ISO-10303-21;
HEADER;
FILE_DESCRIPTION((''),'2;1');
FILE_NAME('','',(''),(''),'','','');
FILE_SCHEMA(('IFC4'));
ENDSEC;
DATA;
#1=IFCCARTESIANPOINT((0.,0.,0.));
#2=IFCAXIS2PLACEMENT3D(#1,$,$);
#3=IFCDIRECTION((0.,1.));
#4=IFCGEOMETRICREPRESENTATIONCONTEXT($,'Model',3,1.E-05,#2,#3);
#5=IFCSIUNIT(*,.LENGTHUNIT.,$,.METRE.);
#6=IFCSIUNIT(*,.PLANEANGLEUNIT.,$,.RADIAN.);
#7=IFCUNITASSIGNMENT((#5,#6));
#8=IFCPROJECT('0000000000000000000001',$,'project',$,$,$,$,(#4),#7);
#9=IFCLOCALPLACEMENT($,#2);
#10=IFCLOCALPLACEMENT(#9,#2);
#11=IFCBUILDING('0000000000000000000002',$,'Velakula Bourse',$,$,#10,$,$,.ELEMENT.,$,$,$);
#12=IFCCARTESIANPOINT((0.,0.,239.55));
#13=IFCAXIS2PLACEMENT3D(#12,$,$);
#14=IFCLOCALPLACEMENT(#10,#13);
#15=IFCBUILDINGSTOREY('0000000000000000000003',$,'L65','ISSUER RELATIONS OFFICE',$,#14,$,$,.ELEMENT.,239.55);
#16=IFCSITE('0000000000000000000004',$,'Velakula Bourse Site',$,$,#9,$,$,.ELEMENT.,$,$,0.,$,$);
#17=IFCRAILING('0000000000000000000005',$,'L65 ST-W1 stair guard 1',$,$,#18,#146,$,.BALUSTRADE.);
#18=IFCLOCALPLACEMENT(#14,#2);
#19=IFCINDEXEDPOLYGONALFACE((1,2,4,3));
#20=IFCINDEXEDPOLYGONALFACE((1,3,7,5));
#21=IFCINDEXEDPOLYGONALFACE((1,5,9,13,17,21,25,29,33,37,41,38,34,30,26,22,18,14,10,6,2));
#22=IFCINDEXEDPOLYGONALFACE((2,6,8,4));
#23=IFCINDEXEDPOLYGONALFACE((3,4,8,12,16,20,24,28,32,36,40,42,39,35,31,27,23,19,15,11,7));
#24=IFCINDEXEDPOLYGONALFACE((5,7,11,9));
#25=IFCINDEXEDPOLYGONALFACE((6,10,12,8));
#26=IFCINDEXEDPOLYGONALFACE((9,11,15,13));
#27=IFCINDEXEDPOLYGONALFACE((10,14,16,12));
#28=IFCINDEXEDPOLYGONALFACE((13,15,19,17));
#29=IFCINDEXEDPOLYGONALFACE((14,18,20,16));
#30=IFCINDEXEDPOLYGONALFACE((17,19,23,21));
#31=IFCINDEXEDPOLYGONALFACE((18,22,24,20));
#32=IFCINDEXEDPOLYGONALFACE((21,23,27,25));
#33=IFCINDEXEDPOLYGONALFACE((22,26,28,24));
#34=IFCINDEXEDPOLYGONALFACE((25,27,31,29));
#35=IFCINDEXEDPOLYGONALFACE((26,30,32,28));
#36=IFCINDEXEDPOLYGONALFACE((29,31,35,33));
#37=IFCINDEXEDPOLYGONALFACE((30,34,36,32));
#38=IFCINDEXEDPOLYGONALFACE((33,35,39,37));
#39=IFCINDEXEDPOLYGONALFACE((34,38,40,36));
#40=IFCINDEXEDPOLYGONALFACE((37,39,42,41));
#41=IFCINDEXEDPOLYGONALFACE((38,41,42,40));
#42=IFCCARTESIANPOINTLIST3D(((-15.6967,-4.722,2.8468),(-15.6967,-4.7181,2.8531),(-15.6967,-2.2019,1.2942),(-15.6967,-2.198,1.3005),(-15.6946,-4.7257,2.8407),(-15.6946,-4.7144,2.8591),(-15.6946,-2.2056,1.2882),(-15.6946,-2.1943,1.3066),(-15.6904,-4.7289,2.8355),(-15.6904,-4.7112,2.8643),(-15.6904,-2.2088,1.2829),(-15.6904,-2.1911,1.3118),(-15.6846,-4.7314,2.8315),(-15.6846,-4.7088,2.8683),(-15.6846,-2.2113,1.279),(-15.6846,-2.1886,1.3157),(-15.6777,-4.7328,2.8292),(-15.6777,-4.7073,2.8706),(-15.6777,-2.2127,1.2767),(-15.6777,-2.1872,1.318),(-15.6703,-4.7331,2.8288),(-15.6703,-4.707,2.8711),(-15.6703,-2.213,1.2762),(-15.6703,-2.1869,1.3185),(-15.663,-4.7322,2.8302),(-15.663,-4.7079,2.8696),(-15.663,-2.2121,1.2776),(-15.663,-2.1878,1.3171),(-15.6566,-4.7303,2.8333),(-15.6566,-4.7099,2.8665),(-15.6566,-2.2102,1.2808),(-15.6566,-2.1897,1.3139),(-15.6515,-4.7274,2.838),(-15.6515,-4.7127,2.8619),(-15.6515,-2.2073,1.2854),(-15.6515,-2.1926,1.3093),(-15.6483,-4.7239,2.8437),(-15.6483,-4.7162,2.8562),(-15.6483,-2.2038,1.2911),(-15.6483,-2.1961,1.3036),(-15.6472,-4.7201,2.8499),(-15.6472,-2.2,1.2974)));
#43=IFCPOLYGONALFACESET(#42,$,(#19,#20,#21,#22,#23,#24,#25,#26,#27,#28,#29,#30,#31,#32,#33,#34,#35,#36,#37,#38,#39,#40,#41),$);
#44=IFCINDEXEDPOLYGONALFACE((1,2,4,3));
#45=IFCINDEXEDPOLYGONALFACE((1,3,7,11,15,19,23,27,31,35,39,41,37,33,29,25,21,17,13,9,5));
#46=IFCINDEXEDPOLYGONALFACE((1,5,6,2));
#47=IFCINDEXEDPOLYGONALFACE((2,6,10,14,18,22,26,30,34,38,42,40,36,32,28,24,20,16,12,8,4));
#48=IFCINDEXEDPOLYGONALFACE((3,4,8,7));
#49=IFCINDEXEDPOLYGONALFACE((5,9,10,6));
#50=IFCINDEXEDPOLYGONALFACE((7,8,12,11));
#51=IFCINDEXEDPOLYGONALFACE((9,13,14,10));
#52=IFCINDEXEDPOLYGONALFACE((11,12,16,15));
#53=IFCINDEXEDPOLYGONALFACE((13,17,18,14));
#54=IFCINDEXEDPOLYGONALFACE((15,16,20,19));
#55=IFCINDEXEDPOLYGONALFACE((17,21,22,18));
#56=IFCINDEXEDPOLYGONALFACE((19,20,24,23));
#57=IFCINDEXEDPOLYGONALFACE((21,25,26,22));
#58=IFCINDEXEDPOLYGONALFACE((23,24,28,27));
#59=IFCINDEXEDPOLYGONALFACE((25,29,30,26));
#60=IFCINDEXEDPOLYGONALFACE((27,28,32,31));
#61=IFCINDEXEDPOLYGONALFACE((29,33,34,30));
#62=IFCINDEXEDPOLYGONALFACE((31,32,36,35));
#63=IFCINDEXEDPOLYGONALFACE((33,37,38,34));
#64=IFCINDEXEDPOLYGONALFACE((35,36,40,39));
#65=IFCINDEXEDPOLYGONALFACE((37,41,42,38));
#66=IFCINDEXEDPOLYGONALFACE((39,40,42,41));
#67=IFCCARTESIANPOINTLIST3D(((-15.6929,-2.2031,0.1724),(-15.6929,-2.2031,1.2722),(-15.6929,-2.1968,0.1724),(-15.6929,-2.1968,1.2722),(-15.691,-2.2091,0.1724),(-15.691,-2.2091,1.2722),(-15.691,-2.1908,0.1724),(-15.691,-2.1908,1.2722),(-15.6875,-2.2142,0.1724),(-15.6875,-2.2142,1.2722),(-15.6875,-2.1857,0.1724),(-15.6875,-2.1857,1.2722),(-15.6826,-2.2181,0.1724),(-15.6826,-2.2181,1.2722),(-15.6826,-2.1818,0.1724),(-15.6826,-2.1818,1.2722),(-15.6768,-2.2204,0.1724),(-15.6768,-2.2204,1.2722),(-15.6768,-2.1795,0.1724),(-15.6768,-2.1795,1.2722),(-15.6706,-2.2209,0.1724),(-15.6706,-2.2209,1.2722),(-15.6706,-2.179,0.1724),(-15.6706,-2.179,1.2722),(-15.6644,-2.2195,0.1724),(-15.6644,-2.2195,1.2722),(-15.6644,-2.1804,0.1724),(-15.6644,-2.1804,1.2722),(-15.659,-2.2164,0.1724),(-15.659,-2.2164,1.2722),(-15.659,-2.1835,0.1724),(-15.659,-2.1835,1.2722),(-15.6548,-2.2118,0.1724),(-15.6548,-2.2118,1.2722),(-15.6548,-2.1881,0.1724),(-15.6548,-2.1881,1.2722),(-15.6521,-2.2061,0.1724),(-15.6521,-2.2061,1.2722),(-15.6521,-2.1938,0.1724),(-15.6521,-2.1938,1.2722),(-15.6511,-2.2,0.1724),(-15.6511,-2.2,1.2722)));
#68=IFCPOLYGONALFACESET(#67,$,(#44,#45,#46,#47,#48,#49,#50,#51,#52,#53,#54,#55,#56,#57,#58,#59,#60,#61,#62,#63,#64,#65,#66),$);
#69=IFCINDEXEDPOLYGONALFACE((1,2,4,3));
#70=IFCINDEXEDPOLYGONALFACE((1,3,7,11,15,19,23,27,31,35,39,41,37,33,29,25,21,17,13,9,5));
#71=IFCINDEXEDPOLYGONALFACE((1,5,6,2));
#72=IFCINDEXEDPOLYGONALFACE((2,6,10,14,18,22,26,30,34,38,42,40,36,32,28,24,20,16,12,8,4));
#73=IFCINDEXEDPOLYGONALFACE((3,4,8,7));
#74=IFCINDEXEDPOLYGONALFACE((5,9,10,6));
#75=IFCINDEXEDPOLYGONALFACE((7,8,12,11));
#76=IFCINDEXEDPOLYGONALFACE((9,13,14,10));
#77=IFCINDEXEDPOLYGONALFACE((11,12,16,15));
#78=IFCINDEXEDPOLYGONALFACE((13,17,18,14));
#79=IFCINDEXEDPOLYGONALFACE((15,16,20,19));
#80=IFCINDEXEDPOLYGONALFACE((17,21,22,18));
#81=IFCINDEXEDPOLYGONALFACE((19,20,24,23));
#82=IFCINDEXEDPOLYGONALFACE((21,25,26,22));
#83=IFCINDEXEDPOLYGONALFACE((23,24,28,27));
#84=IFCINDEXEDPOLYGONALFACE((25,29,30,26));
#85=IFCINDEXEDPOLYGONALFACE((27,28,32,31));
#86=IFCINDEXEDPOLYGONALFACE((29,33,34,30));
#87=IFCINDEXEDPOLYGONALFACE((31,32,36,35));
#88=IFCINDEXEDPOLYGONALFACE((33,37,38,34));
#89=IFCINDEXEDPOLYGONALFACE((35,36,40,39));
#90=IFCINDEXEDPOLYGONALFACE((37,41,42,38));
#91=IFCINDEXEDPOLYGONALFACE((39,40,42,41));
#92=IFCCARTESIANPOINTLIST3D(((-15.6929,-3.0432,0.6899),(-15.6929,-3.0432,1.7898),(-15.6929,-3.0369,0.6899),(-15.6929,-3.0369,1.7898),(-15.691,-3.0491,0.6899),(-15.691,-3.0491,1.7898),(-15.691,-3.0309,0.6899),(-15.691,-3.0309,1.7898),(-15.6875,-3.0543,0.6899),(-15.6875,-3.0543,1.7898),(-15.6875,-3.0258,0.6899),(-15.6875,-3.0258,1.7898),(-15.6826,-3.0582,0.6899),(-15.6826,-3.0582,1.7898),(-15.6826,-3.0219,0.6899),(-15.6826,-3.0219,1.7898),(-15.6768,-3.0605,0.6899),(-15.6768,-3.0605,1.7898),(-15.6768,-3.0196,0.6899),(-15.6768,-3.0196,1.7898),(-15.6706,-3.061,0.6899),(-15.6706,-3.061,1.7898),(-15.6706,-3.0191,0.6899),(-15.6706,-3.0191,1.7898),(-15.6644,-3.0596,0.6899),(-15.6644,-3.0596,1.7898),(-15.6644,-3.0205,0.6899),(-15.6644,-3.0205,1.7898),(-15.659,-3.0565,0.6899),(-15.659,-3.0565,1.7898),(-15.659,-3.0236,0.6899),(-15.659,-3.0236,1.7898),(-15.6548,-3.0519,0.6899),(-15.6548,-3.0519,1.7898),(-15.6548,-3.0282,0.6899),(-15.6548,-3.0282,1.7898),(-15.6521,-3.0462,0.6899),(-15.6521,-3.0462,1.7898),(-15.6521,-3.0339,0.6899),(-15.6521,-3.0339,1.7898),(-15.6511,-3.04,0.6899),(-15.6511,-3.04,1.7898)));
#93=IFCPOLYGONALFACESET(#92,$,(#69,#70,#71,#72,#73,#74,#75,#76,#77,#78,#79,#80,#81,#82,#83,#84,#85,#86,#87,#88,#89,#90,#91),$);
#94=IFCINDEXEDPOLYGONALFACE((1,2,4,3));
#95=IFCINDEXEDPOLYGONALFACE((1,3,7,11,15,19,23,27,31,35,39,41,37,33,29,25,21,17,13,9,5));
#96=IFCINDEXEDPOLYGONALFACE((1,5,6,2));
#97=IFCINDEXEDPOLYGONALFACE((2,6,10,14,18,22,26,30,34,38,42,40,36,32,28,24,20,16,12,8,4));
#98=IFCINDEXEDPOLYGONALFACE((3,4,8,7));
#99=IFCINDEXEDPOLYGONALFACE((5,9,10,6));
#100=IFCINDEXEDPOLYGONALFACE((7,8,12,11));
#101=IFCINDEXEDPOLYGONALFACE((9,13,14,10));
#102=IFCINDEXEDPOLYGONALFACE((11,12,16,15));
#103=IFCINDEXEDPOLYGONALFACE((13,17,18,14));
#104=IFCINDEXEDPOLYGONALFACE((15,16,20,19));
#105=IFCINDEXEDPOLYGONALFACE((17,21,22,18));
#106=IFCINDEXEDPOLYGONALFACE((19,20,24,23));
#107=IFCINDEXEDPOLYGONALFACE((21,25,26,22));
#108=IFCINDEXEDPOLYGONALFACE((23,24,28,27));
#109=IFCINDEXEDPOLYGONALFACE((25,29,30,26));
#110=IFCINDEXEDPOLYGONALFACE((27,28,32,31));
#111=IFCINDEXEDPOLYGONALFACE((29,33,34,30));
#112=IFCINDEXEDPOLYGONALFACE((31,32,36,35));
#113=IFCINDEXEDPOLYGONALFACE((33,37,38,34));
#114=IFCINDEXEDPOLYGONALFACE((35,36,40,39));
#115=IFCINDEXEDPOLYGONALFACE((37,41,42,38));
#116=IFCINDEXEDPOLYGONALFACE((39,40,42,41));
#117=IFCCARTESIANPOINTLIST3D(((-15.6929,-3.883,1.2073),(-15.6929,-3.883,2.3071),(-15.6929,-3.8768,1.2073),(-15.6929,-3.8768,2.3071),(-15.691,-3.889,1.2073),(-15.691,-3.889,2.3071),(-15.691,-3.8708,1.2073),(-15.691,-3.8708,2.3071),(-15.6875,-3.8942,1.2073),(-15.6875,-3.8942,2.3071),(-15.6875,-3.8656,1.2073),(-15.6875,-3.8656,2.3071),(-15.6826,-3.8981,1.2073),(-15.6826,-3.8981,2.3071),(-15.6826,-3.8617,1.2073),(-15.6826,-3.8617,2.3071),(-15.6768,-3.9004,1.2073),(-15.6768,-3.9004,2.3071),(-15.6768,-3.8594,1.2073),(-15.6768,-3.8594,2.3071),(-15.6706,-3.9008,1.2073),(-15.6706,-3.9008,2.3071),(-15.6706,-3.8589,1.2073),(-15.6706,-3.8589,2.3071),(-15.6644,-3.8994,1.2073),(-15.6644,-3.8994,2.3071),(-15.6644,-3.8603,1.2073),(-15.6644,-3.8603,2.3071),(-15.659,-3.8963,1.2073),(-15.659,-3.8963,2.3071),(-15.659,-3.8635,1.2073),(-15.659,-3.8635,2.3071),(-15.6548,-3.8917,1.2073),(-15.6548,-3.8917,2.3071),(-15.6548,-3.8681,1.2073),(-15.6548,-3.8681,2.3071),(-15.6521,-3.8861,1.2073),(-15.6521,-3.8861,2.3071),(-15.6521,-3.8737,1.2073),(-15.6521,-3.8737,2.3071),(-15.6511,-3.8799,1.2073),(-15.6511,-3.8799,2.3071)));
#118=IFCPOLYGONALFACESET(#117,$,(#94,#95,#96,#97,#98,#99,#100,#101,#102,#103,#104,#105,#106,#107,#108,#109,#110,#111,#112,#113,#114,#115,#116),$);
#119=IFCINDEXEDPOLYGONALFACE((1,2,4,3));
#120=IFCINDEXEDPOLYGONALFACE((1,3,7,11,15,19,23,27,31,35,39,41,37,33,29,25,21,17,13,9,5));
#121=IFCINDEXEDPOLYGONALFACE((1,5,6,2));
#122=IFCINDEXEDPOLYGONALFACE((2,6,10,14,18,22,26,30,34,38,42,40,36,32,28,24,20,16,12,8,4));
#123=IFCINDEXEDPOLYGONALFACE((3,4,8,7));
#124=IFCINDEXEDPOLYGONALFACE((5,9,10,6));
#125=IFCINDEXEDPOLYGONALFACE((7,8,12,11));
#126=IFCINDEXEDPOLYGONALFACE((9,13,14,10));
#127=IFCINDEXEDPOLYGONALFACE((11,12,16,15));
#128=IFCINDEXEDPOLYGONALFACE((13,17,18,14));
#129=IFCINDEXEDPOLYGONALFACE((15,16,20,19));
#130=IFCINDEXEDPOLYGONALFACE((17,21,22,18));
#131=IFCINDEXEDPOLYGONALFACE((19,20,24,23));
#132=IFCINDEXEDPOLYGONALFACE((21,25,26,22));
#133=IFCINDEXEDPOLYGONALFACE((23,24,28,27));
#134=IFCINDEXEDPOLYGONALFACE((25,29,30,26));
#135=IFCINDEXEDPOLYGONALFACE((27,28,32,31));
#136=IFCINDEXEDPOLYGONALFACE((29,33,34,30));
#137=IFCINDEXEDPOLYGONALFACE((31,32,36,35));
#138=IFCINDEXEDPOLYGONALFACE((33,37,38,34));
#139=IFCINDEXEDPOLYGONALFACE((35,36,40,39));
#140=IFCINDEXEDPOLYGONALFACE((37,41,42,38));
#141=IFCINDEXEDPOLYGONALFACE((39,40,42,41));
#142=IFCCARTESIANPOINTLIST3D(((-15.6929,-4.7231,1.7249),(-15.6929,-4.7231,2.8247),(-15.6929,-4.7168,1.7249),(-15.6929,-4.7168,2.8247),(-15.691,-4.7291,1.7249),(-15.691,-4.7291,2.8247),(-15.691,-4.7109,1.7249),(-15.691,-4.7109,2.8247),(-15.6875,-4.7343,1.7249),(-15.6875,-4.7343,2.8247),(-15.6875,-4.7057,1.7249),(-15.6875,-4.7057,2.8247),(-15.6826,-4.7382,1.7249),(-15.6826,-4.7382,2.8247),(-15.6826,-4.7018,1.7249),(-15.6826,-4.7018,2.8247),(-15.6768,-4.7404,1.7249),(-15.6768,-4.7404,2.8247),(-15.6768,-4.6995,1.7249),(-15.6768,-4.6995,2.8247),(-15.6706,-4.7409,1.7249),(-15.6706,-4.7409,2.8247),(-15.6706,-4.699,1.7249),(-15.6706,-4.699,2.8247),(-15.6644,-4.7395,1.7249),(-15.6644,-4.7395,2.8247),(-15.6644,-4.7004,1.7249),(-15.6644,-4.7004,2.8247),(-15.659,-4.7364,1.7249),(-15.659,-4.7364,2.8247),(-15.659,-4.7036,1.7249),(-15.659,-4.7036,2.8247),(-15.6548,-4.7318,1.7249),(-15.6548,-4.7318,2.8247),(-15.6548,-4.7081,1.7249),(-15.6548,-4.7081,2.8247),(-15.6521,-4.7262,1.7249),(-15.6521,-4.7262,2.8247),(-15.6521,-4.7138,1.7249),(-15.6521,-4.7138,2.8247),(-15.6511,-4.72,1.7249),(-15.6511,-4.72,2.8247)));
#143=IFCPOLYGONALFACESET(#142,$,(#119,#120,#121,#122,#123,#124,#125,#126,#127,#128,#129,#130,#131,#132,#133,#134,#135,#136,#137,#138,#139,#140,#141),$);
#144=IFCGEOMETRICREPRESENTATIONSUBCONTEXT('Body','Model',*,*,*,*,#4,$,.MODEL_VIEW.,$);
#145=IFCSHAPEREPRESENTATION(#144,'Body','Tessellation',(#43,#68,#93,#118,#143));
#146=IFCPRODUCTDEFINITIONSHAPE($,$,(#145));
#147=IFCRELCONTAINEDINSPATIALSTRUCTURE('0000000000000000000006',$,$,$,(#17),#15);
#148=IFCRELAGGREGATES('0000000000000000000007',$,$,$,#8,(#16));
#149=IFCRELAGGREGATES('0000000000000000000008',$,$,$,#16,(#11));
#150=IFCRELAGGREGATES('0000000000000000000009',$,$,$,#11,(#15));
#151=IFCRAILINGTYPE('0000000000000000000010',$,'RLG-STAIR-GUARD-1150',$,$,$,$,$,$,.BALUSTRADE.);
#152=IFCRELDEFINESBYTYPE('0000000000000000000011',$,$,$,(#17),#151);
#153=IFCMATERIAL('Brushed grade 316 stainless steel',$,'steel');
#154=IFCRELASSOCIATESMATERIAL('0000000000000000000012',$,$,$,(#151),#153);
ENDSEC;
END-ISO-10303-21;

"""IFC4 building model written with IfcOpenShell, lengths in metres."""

from ifc_helpers import new_model, si_unit, direction, frame, origin, origin_2d, place, context, subcontext, project, spatial, circle, extrude, material, type_object, element, save


model = new_model("IFC4")

# Units and contexts
model_context = context("Model", 3, precision=1e-05, world=origin(), true_north=direction((0.0, 1.0)))
body_context = subcontext(model_context, "Body", "Model", "MODEL_VIEW")
ifc_project = project(units=[si_unit("LENGTHUNIT", "METRE"), si_unit("PLANEANGLEUNIT", "RADIAN")], contexts=[model_context])

# Site, building, storey
site_placement = place(None, origin())
site = spatial("IfcSite", under=ifc_project, at=site_placement, Name="Velakula Bourse Site", CompositionType="ELEMENT", RefElevation=0.0)
building_placement = place(site_placement, origin())
building = spatial("IfcBuilding", under=site, at=building_placement, Name="Velakula Bourse", CompositionType="ELEMENT")
storey_placement = place(building_placement, frame((0.0, 0.0, 239.55)))
storey = spatial("IfcBuildingStorey", under=building, at=storey_placement, Name="L65", Description="ISSUER RELATIONS OFFICE", CompositionType="ELEMENT", Elevation=239.55)

# Shared definitions
ifc_material_1 = material(Name="Brushed grade 316 stainless steel", Category="steel")

# Railing
railing_type_1 = type_object("IfcRailingType", Name="RLG-STAIR-GUARD-1150", PredefinedType="BALUSTRADE", material=ifc_material_1)
railing_1_placement = place(storey_placement, frame((-15.6721, -2.2, 0.1724)))
element("IfcRailing", 1, at=railing_1_placement, inside=storey, type_object=railing_type_1, Name="L65 ST-W1 stair guard 1", PredefinedType="BALUSTRADE", context=body_context, shape_type="SweptSolid", body=[
    extrude(circle(Radius=0.0249, at=origin_2d()), frame((0.0, 0.0, 1.125), z_axis=(0.0, -0.8514, 0.524516), x_axis=(1.0, 0.0, 0.0)), (0.0, 0.0, 1.0), 2.96),
    extrude(circle(Radius=0.021, at=origin_2d()), origin(), (0.0, 0.0, 1.0), 1.0999),
    extrude(circle(Radius=0.021, at=origin_2d()), frame((0.0, -0.8401, 0.5176)), (0.0, 0.0, 1.0), 1.0999),
    extrude(circle(Radius=0.021, at=origin_2d()), frame((0.0, -1.6799, 1.0349)), (0.0, 0.0, 1.0), 1.0999),
    extrude(circle(Radius=0.021, at=origin_2d()), frame((0.0, -2.52, 1.5525)), (0.0, 0.0, 1.0), 1.0999),
])

save(model, "model.ifc")
